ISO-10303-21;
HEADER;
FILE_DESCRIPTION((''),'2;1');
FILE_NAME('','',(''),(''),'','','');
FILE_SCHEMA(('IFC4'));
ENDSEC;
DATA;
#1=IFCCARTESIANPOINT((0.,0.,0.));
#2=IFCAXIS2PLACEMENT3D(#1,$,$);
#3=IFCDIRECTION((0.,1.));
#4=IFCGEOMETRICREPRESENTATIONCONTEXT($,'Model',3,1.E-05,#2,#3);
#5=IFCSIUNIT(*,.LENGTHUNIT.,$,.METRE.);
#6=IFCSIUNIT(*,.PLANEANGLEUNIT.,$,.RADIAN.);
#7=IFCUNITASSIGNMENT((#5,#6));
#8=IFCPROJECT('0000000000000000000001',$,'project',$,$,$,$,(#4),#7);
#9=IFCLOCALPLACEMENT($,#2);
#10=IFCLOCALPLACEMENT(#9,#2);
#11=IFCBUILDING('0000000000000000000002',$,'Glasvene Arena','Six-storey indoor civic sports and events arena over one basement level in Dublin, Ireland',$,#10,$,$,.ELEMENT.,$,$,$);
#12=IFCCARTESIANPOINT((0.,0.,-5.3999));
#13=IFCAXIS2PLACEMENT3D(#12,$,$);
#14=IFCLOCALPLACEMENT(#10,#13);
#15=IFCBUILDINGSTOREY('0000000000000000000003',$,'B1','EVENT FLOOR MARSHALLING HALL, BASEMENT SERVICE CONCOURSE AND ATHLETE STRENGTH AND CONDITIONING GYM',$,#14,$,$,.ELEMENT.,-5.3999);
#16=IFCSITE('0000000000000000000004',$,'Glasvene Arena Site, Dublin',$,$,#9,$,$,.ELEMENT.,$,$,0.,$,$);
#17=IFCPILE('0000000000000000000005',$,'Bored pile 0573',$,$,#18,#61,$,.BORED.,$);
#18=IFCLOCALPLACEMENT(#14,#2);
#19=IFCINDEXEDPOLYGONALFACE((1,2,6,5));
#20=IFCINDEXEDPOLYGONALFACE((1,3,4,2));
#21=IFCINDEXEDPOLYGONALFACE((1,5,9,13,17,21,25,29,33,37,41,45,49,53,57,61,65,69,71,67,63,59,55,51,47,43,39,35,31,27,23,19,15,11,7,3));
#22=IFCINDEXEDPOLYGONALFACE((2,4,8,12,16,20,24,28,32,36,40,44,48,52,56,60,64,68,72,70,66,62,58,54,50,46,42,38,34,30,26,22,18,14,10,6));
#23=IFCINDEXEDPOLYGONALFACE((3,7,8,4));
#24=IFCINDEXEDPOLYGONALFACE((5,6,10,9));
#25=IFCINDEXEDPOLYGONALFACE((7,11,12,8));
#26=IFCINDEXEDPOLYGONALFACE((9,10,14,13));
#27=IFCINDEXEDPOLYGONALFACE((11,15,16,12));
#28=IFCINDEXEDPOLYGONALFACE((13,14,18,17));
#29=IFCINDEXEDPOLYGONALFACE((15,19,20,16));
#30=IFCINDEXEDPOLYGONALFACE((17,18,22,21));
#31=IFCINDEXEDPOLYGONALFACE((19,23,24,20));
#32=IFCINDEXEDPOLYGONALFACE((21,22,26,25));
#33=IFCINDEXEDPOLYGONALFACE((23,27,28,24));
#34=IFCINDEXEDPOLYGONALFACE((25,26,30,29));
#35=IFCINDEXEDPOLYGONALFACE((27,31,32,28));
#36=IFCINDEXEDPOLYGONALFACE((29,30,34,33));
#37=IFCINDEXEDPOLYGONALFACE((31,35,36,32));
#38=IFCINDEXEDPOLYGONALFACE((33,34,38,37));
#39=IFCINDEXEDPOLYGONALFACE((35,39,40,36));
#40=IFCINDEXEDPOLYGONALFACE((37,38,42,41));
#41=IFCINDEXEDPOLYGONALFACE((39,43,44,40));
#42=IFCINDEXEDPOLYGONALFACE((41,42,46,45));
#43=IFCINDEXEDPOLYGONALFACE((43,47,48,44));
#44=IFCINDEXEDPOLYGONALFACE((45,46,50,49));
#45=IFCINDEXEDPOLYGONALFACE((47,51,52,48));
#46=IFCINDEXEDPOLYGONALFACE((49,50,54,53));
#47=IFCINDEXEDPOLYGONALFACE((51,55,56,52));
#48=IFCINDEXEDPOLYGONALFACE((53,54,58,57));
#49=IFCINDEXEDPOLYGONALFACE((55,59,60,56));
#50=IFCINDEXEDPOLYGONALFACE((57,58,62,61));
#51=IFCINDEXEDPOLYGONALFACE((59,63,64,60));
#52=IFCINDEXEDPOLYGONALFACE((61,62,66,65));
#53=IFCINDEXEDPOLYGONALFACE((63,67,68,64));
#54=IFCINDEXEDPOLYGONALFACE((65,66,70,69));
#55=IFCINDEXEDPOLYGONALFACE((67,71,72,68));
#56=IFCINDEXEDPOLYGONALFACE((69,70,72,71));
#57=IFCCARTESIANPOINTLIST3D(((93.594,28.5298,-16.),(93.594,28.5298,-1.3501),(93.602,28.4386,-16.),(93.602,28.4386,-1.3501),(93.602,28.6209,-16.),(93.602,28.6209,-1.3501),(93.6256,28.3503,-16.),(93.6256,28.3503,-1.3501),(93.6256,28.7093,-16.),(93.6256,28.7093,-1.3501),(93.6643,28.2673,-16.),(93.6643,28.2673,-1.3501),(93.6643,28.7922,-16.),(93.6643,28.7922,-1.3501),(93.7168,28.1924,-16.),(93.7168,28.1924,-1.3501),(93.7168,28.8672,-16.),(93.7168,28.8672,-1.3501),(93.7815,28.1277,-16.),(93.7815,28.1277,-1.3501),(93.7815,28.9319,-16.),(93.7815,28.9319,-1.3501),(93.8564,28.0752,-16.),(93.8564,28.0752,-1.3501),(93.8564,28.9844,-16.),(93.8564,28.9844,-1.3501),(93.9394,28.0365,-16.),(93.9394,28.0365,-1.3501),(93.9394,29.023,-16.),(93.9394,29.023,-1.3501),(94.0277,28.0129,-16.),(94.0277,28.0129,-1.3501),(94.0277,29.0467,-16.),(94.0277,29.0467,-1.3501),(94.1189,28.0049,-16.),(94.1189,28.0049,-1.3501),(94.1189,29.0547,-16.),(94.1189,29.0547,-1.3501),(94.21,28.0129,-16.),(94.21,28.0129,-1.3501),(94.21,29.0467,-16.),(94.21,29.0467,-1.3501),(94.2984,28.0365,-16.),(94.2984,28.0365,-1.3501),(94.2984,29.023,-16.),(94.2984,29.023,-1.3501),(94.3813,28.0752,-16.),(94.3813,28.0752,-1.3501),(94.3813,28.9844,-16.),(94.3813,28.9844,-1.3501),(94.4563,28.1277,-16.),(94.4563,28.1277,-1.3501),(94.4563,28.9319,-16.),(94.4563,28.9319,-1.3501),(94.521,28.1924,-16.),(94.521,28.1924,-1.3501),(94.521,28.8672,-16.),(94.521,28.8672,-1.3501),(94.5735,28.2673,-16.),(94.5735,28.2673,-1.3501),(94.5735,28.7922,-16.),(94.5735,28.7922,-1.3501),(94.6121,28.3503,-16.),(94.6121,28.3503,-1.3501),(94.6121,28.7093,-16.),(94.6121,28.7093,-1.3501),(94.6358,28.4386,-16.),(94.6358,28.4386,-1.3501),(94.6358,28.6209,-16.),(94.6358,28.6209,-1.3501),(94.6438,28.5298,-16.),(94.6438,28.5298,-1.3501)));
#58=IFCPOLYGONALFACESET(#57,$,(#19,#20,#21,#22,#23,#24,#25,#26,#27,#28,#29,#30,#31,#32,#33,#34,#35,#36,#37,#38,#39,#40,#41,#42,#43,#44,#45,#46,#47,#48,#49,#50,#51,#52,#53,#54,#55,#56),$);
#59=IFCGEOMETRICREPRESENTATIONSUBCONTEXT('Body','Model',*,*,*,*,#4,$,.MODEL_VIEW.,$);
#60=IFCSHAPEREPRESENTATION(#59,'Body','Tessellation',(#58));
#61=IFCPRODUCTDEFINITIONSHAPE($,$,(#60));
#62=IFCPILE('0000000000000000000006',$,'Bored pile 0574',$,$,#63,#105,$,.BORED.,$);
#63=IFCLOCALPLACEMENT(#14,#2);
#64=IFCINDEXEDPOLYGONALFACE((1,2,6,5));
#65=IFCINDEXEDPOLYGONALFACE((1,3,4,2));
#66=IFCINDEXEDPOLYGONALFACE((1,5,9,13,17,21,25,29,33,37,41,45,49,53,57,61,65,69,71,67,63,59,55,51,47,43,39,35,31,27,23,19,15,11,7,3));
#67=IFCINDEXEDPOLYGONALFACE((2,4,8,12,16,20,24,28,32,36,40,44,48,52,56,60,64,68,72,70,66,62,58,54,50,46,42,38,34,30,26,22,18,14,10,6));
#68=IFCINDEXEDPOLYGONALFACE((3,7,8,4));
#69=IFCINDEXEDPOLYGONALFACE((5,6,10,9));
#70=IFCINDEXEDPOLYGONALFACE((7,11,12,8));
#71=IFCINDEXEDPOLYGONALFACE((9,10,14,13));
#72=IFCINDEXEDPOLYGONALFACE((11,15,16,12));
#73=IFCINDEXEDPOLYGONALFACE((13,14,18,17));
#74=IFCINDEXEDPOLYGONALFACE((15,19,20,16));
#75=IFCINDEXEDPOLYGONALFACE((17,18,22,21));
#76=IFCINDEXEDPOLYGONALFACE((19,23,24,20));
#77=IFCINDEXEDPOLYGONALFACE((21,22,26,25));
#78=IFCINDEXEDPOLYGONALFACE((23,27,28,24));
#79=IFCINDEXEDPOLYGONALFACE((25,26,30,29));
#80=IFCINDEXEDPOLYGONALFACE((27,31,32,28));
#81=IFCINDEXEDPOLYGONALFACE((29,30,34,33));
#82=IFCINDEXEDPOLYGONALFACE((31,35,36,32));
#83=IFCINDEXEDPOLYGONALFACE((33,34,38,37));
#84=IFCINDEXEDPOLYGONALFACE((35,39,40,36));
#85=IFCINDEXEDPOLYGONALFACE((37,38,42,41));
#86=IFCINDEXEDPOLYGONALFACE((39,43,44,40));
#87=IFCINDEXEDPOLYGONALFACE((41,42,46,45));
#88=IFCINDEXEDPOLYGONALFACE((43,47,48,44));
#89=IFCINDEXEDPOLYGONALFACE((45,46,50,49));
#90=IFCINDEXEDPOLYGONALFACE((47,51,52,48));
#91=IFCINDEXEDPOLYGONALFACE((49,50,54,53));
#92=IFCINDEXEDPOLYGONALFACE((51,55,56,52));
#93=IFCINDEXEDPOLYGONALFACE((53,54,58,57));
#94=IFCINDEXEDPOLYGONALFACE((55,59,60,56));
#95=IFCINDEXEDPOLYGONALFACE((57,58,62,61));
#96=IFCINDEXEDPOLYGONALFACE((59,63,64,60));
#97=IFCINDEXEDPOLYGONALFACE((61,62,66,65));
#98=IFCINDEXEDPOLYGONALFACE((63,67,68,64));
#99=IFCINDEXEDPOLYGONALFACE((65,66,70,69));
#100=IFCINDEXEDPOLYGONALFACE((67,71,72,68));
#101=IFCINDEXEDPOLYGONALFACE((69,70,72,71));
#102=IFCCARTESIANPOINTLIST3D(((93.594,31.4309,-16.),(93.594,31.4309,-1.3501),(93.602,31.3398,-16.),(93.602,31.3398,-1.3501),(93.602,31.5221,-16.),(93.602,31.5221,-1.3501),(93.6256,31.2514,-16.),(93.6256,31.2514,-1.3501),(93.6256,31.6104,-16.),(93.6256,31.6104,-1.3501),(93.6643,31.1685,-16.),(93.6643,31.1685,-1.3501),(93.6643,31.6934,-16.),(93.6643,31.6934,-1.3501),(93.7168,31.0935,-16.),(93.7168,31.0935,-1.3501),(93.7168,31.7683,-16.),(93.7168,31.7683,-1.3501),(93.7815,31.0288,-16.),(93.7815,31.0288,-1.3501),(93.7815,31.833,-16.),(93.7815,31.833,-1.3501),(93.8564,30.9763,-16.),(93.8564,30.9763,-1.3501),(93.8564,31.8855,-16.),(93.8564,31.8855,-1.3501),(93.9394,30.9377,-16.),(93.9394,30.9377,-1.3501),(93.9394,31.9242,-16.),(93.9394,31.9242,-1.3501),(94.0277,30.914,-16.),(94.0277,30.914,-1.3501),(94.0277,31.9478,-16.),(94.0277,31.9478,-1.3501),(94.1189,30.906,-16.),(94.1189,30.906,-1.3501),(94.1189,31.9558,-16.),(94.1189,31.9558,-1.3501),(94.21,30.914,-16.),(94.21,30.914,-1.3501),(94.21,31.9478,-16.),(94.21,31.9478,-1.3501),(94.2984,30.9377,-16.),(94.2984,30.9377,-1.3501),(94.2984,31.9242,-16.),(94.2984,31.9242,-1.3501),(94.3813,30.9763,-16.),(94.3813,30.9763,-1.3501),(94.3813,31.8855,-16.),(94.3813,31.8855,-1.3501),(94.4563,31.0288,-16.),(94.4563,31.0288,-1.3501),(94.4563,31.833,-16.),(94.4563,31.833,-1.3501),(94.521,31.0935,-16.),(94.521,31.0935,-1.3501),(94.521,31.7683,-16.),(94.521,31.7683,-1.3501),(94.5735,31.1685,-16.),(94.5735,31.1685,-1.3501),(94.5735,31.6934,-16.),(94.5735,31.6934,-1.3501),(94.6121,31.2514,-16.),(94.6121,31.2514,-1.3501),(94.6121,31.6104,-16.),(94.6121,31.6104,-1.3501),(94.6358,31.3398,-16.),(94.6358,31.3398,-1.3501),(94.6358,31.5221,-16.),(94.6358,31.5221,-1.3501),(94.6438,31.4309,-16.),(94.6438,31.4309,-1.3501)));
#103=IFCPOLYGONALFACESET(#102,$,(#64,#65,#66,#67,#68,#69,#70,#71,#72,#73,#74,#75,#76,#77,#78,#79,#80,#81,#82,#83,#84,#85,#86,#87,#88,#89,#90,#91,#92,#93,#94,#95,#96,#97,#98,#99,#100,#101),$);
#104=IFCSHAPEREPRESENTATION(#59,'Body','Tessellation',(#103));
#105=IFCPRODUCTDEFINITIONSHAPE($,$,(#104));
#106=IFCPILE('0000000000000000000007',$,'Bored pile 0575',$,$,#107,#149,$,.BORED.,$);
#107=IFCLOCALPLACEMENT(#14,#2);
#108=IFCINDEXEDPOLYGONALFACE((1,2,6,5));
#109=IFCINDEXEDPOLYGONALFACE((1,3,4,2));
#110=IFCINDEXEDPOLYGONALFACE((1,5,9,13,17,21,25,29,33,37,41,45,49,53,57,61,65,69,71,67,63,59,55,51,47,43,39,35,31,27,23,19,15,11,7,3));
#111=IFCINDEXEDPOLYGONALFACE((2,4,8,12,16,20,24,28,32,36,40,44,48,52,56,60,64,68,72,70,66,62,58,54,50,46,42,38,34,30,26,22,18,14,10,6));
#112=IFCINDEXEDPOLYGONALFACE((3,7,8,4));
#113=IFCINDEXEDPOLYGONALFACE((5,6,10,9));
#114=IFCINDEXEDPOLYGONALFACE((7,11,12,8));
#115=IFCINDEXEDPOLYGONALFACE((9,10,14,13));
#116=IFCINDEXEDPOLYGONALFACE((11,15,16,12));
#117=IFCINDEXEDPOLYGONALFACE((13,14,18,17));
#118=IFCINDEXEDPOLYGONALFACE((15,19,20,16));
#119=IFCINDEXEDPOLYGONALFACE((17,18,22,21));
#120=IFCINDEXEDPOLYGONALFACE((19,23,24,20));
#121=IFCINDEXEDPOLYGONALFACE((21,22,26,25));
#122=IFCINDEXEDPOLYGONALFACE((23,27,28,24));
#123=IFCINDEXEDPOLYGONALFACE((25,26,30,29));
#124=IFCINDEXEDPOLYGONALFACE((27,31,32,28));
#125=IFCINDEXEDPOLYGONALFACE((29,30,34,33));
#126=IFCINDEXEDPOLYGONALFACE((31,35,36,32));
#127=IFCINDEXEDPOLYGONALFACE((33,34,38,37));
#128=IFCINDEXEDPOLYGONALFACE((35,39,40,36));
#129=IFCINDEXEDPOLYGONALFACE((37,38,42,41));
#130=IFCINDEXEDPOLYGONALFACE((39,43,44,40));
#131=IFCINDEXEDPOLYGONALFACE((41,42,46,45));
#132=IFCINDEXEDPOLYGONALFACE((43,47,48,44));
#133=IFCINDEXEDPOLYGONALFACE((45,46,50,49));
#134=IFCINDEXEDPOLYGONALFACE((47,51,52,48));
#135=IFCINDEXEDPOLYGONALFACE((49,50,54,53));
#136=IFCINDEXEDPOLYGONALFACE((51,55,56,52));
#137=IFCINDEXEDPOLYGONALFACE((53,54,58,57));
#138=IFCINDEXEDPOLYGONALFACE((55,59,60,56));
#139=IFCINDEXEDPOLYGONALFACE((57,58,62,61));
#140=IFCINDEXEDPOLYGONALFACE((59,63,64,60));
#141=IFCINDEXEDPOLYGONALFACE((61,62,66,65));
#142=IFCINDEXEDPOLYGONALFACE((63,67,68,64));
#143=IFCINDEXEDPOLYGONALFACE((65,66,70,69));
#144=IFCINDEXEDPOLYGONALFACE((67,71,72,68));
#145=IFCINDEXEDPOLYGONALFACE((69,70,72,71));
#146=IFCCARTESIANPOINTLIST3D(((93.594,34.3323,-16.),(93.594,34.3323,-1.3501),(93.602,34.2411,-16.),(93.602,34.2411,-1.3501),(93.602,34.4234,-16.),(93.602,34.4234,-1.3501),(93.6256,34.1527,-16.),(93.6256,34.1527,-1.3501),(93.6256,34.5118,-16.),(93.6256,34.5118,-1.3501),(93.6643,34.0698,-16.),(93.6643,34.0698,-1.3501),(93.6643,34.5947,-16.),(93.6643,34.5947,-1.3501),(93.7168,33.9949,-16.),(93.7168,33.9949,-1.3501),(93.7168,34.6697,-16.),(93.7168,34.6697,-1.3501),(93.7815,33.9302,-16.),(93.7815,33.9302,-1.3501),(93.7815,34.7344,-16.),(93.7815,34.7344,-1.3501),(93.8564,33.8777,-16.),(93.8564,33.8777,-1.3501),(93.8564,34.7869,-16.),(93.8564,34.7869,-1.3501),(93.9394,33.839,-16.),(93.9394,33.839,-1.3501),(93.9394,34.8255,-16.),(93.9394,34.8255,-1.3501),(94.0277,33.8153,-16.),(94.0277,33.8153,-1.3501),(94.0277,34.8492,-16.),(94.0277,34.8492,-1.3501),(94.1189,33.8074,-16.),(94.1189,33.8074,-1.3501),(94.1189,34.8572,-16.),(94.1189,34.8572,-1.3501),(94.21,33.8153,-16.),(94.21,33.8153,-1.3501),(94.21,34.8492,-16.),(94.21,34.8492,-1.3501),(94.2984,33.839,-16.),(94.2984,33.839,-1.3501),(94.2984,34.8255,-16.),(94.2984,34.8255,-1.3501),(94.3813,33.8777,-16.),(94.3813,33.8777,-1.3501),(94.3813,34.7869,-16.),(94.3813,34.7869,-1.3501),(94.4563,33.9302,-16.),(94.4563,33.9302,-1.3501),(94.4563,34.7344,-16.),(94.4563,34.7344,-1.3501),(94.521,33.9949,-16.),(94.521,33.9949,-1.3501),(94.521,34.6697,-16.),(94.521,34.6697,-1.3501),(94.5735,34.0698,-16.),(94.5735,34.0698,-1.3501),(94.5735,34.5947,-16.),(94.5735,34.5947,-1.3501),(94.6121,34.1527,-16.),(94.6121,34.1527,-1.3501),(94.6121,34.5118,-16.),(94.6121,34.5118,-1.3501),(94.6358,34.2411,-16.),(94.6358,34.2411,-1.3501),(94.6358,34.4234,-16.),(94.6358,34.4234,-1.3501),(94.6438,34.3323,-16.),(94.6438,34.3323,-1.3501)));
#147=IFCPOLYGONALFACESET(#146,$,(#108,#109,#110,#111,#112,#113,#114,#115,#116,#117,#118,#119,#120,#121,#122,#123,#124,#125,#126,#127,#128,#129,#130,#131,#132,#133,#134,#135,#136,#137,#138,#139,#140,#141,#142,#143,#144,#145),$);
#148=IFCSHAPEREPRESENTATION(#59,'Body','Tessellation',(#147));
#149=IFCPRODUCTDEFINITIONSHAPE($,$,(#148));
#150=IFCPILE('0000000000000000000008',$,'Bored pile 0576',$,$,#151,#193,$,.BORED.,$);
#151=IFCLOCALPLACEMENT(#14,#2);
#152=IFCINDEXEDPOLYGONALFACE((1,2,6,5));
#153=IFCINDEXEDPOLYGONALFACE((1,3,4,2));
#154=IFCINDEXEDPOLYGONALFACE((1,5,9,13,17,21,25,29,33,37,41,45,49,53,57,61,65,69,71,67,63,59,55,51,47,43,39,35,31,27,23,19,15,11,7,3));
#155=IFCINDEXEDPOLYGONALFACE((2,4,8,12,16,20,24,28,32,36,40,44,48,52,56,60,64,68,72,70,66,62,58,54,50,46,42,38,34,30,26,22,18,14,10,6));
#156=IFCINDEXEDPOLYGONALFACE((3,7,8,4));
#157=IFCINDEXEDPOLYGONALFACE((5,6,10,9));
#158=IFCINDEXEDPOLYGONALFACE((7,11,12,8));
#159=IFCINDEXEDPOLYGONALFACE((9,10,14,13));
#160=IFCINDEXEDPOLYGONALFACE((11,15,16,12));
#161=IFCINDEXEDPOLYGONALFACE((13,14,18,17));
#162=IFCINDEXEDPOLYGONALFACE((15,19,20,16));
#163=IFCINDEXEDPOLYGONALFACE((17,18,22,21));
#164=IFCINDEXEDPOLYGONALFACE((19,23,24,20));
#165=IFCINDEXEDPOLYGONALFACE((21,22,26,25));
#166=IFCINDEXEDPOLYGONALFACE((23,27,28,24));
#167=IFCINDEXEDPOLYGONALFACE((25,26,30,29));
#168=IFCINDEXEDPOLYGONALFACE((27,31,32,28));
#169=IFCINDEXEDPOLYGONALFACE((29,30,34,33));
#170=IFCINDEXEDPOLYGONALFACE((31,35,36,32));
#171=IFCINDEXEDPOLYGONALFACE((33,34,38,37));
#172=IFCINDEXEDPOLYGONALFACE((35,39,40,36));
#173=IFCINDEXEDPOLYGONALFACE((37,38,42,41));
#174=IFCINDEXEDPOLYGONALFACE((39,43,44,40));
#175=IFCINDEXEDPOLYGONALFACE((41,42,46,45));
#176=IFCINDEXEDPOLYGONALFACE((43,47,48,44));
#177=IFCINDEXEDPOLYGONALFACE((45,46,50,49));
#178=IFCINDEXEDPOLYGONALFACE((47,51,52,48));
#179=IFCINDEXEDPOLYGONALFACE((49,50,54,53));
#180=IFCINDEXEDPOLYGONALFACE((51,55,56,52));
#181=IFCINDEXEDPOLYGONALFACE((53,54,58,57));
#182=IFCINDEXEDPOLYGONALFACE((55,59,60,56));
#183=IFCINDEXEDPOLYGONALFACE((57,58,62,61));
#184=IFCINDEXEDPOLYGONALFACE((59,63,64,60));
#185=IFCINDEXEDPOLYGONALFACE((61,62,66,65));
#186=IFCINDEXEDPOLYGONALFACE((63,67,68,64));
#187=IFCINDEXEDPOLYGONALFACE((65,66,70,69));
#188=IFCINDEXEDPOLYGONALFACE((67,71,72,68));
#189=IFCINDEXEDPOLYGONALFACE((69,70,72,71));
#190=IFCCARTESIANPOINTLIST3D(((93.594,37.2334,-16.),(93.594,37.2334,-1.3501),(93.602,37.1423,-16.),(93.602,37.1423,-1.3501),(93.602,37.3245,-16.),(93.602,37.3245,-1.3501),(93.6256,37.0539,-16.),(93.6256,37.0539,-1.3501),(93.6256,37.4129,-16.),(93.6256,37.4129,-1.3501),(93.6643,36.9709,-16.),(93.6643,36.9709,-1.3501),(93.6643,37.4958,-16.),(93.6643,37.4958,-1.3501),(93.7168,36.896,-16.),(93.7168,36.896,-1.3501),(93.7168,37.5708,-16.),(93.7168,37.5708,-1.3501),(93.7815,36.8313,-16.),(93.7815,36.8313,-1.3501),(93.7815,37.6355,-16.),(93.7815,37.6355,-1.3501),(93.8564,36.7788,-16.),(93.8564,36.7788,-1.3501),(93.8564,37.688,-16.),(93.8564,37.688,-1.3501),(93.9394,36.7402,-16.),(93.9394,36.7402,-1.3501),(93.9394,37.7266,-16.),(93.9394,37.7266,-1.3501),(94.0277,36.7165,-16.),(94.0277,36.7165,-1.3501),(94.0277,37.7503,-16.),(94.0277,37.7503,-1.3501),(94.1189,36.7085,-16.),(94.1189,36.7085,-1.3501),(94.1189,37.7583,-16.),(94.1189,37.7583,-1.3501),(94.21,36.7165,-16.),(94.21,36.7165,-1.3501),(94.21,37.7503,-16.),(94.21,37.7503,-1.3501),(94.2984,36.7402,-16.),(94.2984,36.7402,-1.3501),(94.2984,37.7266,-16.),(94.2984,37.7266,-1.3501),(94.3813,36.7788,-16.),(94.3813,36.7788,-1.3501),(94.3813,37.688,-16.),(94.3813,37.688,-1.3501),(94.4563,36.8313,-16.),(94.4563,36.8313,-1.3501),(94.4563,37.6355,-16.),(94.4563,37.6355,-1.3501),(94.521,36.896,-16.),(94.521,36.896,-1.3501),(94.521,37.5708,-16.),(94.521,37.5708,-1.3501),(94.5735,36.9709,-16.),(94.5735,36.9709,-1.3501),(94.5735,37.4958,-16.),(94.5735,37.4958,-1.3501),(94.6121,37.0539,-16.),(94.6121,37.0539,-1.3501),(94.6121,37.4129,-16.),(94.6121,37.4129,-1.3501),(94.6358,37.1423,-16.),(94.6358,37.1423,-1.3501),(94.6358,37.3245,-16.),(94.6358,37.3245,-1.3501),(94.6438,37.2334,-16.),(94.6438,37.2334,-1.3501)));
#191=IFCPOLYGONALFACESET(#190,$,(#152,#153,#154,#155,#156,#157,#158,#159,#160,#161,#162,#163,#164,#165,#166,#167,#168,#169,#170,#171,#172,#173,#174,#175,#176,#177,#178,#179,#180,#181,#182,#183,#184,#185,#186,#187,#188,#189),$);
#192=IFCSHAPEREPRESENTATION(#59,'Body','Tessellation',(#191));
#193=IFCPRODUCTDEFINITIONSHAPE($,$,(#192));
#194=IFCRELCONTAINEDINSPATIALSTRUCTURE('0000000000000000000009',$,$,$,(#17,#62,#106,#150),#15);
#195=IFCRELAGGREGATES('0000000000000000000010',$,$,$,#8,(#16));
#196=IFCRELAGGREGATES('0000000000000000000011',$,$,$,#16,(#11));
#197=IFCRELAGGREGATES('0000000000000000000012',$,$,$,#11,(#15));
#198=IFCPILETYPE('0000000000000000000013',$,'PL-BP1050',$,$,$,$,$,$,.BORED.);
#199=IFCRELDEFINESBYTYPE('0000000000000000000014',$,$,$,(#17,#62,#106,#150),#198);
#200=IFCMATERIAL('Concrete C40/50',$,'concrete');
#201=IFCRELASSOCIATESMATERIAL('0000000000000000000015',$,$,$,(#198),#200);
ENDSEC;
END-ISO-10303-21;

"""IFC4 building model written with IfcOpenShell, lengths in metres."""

from ifc_helpers import new_model, si_unit, direction, frame, origin, origin_2d, place, context, subcontext, project, spatial, circle, extrude, material, material_profile, profile_set, type_object, element, save


model = new_model("IFC4")

# Units and contexts
model_context = context("Model", 3, precision=1e-05, world=origin(), true_north=direction((0.0, 1.0)))
body_context = subcontext(model_context, "Body", "Model", "MODEL_VIEW")
ifc_project = project(units=[si_unit("LENGTHUNIT", "METRE"), si_unit("PLANEANGLEUNIT", "RADIAN")], contexts=[model_context])

# Site, building, storey
site_placement = place(None, origin())
site = spatial("IfcSite", under=ifc_project, at=site_placement, Name="Glasvene Arena Site, Dublin", CompositionType="ELEMENT", RefElevation=0.0)
building_placement = place(site_placement, origin())
building = spatial("IfcBuilding", under=site, at=building_placement, Name="Glasvene Arena", Description="Six-storey indoor civic sports and events arena over one basement level in Dublin, Ireland", CompositionType="ELEMENT")
storey_placement = place(building_placement, frame((0.0, 0.0, -5.3999)))
storey = spatial("IfcBuildingStorey", under=building, at=storey_placement, Name="B1", Description="EVENT FLOOR MARSHALLING HALL, BASEMENT SERVICE CONCOURSE AND ATHLETE STRENGTH AND CONDITIONING GYM", CompositionType="ELEMENT", Elevation=-5.3999)

# Piles
ifc_material_1 = material(Name="Concrete C40/50", Category="concrete")
ifc_material_profile_1 = material_profile(ifc_material_1, circle(Radius=0.5249, at=origin_2d()), Name="BORED PILE 1050")
ifc_profile_set_1 = profile_set([ifc_material_profile_1], Name="Concrete C40/50")
pile_type = type_object("IfcPileType", Name="PL-BP1050", PredefinedType="BORED", material=ifc_profile_set_1)
for number, where, z_axis, x_axis, name in (
    (1, (94.1189, 28.5298, -1.3501), (0.0, 0.0, -1.0), (1.0, 0.0, 0.0), "Bored pile 0573"),
    (2, (94.1189, 31.4309, -1.3501), (0.0, 0.0, -1.0), (1.0, 0.0, 0.0), "Bored pile 0574"),
    (3, (94.1189, 34.3323, -1.3501), (0.0, 0.0, -1.0), (1.0, 0.0, 0.0), "Bored pile 0575"),
    (4, (94.1189, 37.2334, -1.3501), (0.0, 0.0, -1.0), (1.0, 0.0, 0.0), "Bored pile 0576"),
):
    element("IfcPile", number, at=place(storey_placement, frame(where, z_axis=z_axis, x_axis=x_axis)), inside=storey, type_object=pile_type, Name=name, PredefinedType="BORED", context=body_context, shape_type="SweptSolid", body=[
        extrude(circle(Radius=0.5249, at=origin_2d()), origin(), (0.0, 0.0, 1.0), 14.6499),
    ])

save(model, "model.ifc")
